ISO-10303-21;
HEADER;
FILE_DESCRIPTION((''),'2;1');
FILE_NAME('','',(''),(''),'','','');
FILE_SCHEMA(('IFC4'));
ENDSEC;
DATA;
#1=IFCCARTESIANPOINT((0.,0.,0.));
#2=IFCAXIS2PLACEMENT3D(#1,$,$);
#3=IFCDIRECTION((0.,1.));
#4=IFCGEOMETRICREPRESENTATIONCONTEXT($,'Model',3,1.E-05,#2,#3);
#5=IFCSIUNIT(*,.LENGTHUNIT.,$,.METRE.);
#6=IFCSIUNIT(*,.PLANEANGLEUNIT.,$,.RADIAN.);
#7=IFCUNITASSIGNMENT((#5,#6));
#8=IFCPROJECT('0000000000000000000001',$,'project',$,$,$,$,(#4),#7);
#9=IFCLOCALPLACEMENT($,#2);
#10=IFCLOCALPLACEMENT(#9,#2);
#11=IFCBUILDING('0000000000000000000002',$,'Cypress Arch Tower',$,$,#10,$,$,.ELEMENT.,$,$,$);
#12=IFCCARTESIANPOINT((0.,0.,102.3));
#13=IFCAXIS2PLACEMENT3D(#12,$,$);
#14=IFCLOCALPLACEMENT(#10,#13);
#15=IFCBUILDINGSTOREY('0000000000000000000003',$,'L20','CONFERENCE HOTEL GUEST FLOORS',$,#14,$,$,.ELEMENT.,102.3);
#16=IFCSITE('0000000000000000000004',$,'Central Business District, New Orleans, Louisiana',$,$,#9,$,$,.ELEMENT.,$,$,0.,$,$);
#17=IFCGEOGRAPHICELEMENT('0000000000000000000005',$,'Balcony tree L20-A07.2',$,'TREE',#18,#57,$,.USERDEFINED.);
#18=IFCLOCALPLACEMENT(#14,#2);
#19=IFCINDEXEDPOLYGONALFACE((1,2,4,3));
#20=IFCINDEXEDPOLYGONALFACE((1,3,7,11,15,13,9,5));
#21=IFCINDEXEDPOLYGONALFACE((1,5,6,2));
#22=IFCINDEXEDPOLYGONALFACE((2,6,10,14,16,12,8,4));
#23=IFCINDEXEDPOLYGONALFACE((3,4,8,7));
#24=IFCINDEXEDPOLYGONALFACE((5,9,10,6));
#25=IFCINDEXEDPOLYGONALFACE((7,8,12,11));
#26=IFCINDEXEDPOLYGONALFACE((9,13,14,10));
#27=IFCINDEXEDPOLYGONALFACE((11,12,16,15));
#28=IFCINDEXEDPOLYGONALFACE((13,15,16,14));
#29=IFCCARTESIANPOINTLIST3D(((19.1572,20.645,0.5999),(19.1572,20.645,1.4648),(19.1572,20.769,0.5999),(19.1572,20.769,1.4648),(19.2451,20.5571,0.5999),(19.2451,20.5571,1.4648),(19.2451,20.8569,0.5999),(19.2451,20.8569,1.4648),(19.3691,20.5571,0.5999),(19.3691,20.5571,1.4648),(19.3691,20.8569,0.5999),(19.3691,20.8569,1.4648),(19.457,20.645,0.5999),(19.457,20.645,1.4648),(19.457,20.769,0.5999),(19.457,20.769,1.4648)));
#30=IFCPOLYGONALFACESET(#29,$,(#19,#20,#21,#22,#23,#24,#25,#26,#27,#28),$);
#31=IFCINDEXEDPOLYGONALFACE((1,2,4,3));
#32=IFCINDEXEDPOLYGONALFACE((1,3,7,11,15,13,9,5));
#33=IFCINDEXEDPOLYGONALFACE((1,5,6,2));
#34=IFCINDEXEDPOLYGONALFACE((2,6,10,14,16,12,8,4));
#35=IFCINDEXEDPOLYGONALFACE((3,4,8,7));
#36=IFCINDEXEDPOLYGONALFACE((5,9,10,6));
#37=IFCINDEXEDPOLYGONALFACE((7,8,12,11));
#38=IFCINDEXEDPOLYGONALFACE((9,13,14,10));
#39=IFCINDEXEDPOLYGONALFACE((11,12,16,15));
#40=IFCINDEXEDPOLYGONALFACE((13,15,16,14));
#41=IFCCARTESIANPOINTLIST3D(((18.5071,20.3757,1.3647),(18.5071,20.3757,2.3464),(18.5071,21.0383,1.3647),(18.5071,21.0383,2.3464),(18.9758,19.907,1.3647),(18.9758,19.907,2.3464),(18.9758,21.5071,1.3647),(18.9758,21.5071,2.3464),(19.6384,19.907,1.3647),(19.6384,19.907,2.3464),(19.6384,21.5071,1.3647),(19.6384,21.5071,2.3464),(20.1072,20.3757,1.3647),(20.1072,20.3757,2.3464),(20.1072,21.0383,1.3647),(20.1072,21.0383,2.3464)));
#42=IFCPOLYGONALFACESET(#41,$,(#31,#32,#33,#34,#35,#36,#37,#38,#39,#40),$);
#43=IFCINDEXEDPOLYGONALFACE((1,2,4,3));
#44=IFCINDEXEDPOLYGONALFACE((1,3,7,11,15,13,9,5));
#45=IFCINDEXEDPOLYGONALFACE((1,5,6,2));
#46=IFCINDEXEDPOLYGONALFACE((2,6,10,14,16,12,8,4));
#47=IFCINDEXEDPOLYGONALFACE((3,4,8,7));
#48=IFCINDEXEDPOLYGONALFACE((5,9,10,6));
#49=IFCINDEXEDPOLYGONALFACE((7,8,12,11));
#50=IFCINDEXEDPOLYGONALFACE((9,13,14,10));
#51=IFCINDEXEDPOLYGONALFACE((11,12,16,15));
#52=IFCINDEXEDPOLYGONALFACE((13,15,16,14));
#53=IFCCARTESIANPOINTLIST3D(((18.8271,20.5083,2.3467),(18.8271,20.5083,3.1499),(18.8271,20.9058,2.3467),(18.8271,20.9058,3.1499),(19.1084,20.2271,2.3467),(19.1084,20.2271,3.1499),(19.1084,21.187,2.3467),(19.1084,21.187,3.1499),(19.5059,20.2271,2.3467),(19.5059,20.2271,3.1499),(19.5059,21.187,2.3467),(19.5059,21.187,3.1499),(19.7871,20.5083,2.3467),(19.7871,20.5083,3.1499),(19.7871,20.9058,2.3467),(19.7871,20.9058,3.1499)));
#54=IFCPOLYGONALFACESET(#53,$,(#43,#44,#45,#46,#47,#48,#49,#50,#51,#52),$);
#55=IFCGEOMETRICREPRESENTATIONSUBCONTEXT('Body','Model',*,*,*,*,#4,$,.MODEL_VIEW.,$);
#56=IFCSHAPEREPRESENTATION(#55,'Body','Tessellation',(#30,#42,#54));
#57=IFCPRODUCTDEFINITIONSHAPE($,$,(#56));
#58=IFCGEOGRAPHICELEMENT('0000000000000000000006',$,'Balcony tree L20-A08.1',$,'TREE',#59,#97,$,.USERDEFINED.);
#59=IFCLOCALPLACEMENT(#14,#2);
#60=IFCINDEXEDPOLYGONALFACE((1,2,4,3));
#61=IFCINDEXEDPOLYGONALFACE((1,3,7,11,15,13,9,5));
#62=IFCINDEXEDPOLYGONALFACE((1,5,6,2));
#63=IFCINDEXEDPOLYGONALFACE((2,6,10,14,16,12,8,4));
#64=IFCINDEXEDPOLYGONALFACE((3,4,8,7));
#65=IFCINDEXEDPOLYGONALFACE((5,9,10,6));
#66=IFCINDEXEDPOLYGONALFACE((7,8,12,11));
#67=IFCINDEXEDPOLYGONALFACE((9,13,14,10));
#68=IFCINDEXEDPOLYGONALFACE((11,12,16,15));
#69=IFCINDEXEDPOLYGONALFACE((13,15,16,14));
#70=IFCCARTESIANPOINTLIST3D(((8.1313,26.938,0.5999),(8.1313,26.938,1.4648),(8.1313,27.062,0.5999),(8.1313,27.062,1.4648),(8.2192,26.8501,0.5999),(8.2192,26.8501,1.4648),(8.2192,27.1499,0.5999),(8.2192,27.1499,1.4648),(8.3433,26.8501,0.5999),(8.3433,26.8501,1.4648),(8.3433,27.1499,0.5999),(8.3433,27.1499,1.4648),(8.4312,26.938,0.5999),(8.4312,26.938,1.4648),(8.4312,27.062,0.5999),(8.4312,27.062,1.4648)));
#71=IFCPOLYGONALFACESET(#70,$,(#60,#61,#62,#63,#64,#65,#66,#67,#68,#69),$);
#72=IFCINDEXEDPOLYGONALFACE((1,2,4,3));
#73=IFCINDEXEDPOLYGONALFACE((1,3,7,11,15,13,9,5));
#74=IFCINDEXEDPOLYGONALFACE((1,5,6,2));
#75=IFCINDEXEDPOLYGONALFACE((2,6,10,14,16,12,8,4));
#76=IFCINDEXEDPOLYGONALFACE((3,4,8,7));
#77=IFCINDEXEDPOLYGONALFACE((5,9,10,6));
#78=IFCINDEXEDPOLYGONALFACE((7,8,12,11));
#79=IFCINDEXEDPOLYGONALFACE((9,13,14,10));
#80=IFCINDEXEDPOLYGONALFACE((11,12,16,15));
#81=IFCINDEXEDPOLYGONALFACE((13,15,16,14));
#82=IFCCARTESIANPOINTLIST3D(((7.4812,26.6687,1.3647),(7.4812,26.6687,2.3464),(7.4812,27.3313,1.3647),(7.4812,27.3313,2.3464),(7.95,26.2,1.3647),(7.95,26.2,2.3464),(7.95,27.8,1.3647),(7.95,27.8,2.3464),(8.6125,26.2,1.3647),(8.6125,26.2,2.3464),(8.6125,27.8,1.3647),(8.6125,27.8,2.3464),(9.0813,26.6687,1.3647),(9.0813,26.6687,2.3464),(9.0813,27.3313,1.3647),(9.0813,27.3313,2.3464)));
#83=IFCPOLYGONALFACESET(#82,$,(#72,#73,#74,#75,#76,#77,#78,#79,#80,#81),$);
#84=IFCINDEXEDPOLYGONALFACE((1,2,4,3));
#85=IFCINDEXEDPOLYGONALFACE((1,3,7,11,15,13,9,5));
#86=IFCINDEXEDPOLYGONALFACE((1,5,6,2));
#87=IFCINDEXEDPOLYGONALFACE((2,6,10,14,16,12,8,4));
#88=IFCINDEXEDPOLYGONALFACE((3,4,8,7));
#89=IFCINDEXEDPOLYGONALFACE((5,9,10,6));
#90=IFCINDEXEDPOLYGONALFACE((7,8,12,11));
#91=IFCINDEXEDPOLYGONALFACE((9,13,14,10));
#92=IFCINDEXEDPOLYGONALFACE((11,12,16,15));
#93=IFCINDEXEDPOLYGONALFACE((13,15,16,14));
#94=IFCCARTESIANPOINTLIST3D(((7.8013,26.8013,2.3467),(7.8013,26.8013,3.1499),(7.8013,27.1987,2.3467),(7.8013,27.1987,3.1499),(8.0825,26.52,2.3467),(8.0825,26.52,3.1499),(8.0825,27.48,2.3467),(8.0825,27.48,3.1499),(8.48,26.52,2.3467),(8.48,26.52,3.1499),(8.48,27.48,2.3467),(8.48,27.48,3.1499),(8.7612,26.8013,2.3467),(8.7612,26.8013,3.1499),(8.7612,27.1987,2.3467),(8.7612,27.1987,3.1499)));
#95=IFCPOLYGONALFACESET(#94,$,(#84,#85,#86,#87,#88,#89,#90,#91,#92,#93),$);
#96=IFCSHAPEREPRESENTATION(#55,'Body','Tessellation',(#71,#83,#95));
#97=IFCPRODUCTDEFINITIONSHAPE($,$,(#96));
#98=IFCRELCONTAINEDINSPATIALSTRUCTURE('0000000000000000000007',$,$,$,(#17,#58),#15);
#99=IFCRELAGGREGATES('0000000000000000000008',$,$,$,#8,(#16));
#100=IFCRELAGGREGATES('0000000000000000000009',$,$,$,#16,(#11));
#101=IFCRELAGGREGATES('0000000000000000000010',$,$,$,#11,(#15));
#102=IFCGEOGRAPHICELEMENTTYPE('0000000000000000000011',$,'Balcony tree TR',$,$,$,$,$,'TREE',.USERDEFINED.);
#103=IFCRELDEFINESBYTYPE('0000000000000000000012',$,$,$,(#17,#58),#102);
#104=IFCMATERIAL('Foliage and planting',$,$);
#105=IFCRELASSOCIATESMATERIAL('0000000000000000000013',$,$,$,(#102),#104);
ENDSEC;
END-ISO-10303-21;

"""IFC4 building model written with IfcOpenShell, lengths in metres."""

from ifc_helpers import new_model, si_unit, direction, frame, origin, place, context, subcontext, project, spatial, polyline, outline, extrude, material, type_object, element, save


model = new_model("IFC4")

# Units and contexts
model_context = context("Model", 3, precision=1e-05, world=origin(), true_north=direction((0.0, 1.0)))
body_context = subcontext(model_context, "Body", "Model", "MODEL_VIEW")
ifc_project = project(units=[si_unit("LENGTHUNIT", "METRE"), si_unit("PLANEANGLEUNIT", "RADIAN")], contexts=[model_context])

# Site, building, storey
site_placement = place(None, origin())
site = spatial("IfcSite", under=ifc_project, at=site_placement, Name="Central Business District, New Orleans, Louisiana", CompositionType="ELEMENT", RefElevation=0.0)
building_placement = place(site_placement, origin())
building = spatial("IfcBuilding", under=site, at=building_placement, Name="Cypress Arch Tower", CompositionType="ELEMENT")
storey_placement = place(building_placement, frame((0.0, 0.0, 102.3)))
storey = spatial("IfcBuildingStorey", under=building, at=storey_placement, Name="L20", Description="CONFERENCE HOTEL GUEST FLOORS", CompositionType="ELEMENT", Elevation=102.3)

# Geographic elements
ifc_material_1 = material(Name="Foliage and planting")
geographic_element_type = type_object("IfcGeographicElementType", Name="Balcony tree TR", ElementType="TREE", PredefinedType="USERDEFINED", material=ifc_material_1)
for number, where, z_axis, x_axis, name in (
    (1, (19.3071, 20.707, 0.5999), (0.0, 0.0, 1.0), (1.0, 0.0, 0.0), "Balcony tree L20-A07.2"),
    (2, (8.2812, 27.0, 0.5999), (0.0, 0.0, 1.0), (1.0, 0.0, 0.0), "Balcony tree L20-A08.1"),
):
    element("IfcGeographicElement", number, at=place(storey_placement, frame(where, z_axis=z_axis, x_axis=x_axis)), inside=storey, type_object=geographic_element_type, Name=name, ObjectType="TREE", PredefinedType="USERDEFINED", context=body_context, shape_type="SweptSolid", body=[
        extrude(outline(polyline([(0.1499, 0.062), (0.062, 0.1499), (-0.062, 0.1499), (-0.1499, 0.062), (-0.1499, -0.062), (-0.062, -0.1499), (0.062, -0.1499), (0.1499, -0.062), (0.1499, 0.062)])), origin(), (0.0, 0.0, 1.0), 0.865),
        extrude(outline(polyline([(0.8, 0.3313), (0.3313, 0.8), (-0.3313, 0.8), (-0.8, 0.3313), (-0.8, -0.3313), (-0.3313, -0.8), (0.3313, -0.8), (0.8, -0.3313), (0.8, 0.3313)])), frame((0.0, 0.0, 0.7649)), (0.0, 0.0, 1.0), 0.9817),
        extrude(outline(polyline([(0.48, 0.1987), (0.1987, 0.48), (-0.1987, 0.48), (-0.48, 0.1987), (-0.48, -0.1987), (-0.1987, -0.48), (0.1987, -0.48), (0.48, -0.1987), (0.48, 0.1987)])), frame((0.0, 0.0, 1.7468)), (0.0, 0.0, 1.0), 0.8032),
    ])

save(model, "model.ifc")
